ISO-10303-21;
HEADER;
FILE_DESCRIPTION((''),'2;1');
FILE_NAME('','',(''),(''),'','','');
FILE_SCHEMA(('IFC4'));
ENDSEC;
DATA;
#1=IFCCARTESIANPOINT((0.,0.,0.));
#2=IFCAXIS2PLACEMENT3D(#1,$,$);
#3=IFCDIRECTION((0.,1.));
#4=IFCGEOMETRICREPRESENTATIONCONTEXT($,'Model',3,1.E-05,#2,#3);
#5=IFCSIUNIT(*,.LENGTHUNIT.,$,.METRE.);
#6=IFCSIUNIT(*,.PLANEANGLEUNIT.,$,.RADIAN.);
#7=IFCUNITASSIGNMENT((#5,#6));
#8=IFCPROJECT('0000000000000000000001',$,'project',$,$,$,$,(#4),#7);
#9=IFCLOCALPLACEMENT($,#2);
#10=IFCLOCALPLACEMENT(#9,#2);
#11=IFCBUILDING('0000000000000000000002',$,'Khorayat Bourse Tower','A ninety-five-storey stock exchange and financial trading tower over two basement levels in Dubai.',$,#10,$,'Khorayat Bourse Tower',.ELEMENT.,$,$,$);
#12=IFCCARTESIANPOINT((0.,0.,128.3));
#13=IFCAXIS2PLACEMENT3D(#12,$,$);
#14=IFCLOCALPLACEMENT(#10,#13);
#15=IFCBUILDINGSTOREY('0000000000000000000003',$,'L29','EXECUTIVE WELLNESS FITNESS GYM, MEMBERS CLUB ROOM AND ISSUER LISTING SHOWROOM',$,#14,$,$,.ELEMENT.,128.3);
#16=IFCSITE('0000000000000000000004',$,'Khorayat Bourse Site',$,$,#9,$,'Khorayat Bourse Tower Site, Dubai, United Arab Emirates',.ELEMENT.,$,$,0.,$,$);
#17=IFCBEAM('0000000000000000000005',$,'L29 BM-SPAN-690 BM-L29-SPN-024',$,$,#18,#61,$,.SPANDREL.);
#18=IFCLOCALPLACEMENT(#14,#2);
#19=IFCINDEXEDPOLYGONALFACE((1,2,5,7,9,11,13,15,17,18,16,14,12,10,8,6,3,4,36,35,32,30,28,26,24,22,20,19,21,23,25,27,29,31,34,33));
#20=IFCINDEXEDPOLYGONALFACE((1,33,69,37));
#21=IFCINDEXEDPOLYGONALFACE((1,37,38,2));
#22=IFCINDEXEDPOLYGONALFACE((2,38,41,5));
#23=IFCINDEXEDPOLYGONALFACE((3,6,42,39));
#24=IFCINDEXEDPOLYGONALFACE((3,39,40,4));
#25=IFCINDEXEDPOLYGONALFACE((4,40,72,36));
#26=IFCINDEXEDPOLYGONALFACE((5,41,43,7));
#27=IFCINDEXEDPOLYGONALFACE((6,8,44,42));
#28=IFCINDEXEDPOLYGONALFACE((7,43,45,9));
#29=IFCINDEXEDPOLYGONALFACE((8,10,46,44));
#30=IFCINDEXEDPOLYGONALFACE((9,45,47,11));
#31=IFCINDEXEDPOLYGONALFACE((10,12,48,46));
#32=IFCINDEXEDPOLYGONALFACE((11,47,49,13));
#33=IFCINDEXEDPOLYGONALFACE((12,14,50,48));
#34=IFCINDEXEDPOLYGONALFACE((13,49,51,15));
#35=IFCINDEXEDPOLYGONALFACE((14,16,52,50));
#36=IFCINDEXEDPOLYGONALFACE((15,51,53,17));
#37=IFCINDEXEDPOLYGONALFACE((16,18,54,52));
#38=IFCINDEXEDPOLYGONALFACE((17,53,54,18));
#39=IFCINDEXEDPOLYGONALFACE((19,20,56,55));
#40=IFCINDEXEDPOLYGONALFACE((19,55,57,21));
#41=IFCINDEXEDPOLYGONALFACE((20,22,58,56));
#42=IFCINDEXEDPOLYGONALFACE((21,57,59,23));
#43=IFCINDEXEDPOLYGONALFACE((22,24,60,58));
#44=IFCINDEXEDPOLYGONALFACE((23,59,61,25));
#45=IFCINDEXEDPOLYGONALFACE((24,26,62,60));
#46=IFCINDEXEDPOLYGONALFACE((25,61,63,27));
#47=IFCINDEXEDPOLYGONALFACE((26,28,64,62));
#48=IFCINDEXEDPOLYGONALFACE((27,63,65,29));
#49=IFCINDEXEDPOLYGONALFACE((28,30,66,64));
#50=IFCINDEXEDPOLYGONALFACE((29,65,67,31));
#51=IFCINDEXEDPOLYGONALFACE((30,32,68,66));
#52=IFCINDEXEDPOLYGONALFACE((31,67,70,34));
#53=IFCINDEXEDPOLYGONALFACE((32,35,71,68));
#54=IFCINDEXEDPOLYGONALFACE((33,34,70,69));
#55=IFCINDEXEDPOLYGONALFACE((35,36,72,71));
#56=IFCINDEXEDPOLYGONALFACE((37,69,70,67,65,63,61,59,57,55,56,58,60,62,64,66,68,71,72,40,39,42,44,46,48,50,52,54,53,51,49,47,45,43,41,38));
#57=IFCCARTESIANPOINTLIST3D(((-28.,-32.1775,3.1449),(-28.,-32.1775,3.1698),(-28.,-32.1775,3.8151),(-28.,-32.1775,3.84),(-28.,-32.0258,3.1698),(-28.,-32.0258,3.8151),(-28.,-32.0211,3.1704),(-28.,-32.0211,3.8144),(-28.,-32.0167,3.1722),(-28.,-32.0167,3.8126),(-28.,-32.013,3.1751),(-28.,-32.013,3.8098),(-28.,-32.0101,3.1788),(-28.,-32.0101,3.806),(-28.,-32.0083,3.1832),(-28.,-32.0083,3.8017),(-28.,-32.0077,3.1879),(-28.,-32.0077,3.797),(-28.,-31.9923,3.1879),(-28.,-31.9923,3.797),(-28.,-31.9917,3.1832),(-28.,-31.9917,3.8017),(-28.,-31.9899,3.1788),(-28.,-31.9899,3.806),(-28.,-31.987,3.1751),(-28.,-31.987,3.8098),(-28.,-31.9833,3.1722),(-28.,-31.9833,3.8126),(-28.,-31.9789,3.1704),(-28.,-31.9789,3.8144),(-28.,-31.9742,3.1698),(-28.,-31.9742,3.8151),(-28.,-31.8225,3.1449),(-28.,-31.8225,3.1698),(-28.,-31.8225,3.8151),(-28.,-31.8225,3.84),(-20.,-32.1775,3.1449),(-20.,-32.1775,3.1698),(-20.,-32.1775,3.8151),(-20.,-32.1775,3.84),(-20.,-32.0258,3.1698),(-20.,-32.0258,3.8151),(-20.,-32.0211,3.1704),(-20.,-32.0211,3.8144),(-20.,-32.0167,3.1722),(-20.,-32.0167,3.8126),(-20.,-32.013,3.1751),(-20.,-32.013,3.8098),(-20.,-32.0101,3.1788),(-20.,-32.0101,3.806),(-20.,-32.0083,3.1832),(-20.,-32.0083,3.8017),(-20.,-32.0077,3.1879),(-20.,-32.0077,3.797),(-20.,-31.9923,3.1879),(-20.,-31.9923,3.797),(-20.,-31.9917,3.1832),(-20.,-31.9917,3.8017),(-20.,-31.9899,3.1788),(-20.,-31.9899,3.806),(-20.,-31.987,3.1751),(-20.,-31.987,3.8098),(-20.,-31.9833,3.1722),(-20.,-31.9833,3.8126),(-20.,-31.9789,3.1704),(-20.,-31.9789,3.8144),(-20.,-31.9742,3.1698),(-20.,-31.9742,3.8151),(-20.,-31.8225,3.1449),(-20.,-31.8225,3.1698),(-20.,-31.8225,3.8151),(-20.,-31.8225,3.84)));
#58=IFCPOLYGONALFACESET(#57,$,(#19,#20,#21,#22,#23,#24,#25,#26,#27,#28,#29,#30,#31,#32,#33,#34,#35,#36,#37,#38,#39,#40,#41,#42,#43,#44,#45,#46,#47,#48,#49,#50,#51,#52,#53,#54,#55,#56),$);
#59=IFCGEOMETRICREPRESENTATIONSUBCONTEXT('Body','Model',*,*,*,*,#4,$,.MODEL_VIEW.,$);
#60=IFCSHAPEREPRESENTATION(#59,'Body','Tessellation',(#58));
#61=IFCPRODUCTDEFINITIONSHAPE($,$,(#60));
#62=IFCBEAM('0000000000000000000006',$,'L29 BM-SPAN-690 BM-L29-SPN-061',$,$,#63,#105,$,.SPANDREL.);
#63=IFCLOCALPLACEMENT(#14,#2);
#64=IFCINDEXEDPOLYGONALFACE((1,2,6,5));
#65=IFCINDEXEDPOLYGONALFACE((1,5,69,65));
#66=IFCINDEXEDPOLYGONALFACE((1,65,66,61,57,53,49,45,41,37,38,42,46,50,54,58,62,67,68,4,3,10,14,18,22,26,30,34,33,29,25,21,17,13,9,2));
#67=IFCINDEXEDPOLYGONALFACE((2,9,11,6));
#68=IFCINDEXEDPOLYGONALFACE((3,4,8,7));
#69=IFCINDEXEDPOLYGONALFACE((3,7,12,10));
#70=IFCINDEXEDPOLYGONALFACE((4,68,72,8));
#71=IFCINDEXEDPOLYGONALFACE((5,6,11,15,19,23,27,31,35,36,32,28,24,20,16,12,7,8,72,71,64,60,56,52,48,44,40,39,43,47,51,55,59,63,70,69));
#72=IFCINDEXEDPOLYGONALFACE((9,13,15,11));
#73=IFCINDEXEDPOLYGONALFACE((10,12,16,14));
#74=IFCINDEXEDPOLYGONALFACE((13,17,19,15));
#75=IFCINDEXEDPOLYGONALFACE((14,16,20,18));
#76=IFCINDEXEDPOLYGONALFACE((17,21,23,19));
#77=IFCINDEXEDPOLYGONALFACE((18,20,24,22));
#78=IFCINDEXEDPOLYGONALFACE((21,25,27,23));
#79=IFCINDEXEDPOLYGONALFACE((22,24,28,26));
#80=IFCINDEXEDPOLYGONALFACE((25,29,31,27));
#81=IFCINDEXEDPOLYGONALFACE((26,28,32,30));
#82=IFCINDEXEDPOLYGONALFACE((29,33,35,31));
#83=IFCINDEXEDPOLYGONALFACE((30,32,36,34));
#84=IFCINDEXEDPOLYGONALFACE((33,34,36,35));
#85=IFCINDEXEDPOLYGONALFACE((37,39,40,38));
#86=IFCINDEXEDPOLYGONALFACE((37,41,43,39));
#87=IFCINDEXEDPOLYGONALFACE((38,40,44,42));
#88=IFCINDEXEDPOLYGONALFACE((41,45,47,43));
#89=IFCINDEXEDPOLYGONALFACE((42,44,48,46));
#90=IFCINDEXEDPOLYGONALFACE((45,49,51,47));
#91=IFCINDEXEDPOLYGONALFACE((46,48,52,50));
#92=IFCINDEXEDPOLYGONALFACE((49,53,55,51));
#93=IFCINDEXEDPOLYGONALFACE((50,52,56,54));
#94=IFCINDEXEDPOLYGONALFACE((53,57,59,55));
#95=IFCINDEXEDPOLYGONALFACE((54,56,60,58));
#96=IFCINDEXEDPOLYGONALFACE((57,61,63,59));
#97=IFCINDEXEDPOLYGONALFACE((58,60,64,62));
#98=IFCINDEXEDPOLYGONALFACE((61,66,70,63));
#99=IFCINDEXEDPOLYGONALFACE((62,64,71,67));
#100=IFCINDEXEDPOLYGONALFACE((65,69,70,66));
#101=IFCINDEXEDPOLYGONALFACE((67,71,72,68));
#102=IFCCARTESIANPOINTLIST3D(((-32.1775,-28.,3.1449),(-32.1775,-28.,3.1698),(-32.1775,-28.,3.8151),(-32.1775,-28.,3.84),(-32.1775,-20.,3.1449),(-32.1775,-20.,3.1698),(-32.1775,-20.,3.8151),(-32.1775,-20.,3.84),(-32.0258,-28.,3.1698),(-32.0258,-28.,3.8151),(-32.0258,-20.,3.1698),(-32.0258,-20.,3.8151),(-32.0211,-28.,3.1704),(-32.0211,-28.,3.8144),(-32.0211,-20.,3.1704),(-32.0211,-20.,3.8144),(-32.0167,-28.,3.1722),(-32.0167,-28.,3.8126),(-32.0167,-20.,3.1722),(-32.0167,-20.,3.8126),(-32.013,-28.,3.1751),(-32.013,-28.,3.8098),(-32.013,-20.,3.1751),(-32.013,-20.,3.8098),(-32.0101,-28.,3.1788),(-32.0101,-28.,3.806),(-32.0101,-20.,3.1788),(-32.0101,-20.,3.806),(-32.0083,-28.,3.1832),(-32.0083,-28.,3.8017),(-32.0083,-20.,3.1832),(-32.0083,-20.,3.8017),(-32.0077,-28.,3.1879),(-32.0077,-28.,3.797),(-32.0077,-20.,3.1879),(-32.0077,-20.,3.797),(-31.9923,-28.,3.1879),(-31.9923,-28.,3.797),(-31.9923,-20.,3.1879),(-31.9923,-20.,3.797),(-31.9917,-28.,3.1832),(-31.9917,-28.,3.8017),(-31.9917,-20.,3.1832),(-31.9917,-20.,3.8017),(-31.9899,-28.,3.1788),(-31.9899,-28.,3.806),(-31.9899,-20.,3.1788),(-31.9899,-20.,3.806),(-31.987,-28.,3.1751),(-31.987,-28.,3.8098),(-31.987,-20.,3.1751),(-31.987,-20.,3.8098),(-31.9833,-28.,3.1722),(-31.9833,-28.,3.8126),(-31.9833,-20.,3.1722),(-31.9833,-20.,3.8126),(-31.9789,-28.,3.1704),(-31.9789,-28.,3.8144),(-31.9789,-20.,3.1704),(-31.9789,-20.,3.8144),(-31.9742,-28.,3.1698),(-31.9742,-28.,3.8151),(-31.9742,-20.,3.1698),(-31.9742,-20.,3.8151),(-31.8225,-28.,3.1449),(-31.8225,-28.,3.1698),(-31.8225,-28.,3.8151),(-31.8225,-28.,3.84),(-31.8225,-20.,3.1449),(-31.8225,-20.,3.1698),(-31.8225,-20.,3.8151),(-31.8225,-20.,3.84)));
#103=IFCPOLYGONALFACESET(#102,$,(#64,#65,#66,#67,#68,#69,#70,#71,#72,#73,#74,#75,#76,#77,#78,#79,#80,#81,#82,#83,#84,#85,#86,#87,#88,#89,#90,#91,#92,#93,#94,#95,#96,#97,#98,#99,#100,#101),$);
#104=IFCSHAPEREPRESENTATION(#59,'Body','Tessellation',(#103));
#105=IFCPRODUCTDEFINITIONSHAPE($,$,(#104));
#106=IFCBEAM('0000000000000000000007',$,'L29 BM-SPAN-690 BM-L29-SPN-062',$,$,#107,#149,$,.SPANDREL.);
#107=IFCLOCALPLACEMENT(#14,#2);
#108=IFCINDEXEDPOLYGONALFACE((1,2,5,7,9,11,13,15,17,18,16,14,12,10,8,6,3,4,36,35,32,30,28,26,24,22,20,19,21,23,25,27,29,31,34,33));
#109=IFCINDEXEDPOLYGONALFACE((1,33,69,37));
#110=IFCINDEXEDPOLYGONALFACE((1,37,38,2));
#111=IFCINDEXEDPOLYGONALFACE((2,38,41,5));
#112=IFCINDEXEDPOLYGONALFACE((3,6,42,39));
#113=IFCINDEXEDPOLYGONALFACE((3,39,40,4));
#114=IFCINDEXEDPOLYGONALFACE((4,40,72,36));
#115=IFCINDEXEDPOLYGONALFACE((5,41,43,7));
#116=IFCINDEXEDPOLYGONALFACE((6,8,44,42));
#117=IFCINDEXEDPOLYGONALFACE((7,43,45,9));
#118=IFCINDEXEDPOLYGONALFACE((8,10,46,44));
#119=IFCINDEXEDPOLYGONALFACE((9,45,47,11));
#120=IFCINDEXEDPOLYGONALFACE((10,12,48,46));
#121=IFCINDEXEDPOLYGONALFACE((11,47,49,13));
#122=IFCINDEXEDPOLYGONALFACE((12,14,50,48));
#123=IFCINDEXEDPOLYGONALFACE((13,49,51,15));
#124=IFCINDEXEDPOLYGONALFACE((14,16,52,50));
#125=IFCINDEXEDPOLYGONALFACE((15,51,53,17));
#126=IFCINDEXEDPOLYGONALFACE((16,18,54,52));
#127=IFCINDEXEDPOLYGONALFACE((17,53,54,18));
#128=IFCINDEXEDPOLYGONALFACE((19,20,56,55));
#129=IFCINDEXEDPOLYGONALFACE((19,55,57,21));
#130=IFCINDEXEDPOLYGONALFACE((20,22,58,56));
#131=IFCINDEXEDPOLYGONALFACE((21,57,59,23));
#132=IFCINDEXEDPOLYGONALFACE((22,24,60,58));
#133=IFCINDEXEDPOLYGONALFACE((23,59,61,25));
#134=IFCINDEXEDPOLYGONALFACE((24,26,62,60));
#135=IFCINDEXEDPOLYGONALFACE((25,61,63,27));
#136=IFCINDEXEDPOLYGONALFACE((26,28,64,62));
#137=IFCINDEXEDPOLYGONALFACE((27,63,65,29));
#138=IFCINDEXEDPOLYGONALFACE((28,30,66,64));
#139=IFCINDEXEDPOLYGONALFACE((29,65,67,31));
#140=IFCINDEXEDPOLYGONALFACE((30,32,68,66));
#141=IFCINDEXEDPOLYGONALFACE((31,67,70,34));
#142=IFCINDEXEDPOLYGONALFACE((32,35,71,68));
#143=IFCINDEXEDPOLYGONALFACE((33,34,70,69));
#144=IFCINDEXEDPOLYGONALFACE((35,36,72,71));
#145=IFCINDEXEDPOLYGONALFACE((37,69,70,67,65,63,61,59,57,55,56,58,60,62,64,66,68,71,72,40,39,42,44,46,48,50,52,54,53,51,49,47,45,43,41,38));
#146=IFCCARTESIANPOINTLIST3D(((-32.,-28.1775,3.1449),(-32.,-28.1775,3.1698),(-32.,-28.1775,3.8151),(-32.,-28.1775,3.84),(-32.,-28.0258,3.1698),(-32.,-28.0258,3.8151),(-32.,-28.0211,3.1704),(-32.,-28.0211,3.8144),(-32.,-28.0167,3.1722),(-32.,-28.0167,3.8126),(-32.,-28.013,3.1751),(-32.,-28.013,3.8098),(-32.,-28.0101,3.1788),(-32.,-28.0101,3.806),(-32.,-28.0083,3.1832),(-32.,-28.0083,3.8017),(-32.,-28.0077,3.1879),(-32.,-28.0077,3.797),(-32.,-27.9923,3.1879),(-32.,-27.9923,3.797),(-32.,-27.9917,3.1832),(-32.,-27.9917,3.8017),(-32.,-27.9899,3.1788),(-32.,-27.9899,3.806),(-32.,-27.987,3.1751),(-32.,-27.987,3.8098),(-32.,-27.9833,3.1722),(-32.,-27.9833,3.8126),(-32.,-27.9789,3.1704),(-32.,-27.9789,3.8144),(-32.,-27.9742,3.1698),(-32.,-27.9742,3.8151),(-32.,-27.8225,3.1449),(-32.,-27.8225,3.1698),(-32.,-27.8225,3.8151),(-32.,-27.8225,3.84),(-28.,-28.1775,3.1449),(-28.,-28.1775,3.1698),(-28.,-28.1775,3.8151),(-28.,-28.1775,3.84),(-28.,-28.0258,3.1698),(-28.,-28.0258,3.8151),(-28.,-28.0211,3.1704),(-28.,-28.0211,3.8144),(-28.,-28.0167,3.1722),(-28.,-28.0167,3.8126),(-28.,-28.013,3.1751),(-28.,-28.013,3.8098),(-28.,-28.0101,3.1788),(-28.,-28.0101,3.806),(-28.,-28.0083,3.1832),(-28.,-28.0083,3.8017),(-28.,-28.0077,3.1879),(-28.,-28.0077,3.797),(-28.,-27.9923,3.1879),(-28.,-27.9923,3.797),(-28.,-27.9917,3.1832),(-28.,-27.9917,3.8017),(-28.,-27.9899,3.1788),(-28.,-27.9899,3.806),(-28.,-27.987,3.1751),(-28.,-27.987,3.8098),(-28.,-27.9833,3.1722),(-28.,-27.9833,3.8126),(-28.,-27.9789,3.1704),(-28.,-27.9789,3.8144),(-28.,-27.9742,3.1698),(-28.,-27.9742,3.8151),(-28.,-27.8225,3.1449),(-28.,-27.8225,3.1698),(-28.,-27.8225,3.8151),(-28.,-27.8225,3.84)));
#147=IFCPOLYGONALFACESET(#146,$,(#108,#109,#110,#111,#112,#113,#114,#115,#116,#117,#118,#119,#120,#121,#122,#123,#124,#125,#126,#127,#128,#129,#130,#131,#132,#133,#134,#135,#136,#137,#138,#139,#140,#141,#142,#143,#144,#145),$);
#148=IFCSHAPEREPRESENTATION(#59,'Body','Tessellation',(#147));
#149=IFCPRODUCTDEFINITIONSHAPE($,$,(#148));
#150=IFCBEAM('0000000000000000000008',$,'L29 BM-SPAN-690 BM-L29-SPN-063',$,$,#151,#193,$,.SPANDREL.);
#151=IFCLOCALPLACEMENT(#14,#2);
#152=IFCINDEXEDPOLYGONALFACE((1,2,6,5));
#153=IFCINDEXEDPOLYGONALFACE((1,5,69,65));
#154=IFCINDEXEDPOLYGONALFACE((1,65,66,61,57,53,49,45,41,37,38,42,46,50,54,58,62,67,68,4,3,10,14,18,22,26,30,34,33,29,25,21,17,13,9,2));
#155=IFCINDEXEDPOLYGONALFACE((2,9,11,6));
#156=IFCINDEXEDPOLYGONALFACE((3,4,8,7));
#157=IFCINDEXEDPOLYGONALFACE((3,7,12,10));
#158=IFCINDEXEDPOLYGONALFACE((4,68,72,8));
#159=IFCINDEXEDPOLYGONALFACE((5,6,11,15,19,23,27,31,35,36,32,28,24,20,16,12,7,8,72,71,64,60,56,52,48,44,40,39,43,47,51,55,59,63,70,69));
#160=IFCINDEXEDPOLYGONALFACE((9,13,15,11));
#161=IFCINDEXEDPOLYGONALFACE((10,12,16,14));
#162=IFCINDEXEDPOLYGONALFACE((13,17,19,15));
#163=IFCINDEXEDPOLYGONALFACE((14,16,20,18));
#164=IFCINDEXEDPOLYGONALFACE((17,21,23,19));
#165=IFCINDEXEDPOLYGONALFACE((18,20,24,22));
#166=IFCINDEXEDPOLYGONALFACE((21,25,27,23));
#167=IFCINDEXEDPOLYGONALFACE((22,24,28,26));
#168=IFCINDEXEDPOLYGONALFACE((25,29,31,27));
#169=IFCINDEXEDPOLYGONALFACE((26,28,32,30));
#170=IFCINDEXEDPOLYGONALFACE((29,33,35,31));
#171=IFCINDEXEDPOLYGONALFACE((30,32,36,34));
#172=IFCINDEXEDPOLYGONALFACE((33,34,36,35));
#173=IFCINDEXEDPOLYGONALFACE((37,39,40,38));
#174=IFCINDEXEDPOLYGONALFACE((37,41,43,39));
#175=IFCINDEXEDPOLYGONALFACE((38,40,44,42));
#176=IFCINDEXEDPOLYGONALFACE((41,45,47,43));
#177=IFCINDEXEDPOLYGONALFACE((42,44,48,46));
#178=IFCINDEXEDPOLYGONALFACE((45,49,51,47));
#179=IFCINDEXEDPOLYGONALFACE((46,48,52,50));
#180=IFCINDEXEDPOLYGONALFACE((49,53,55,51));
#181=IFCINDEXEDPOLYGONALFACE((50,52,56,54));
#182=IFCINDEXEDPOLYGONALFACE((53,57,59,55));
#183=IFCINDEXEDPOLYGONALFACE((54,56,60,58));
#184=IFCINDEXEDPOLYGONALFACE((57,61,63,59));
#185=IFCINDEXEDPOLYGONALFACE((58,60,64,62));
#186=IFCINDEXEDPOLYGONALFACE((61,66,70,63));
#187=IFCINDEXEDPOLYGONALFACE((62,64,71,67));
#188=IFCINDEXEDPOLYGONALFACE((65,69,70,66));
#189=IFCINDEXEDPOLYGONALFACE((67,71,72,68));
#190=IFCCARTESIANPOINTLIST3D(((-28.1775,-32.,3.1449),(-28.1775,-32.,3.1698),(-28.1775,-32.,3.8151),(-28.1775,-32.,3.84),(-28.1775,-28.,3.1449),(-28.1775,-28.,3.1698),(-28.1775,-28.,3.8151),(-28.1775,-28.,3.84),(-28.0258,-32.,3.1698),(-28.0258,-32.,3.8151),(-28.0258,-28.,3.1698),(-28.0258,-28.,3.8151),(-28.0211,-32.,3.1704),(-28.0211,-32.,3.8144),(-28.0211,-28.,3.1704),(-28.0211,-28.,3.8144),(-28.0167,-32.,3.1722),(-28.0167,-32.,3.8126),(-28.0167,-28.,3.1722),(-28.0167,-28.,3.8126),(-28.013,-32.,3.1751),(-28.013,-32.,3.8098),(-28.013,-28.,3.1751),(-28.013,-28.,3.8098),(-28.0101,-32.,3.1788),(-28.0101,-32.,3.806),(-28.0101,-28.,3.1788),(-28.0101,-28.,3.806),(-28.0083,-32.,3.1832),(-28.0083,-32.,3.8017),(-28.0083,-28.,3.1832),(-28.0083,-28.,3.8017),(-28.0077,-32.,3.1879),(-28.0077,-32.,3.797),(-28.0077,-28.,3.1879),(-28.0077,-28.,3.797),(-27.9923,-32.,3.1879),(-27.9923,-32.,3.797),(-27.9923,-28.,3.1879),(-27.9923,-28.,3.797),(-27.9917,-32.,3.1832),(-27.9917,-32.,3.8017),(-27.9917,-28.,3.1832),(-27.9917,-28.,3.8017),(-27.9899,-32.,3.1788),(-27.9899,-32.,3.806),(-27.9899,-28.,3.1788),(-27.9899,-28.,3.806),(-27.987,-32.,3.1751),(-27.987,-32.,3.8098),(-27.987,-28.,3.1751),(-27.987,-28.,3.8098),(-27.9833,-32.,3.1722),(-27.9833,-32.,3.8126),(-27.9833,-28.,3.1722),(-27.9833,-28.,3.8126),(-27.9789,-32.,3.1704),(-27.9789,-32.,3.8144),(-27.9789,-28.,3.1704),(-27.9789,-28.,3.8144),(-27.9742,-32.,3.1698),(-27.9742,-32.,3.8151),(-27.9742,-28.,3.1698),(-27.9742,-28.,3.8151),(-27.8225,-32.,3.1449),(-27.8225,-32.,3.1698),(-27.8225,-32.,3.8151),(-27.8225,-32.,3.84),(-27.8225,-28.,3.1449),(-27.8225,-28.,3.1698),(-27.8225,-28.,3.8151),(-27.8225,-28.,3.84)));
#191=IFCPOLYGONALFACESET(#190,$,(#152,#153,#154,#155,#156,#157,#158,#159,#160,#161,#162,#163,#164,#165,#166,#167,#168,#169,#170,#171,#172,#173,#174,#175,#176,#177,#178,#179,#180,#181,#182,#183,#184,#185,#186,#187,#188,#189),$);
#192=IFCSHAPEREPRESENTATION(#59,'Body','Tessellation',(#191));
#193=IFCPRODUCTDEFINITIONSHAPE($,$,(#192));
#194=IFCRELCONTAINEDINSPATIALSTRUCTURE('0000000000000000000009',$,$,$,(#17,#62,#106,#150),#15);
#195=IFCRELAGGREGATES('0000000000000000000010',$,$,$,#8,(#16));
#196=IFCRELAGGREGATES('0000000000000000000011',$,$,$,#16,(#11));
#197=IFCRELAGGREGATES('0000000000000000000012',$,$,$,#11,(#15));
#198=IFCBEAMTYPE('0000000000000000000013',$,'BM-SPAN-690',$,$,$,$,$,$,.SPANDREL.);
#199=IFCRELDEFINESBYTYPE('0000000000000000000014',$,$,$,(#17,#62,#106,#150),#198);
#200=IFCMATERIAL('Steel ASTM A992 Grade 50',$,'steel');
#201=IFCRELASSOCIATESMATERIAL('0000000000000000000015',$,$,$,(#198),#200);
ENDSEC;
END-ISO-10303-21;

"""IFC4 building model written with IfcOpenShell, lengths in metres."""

from ifc_helpers import new_model, si_unit, direction, frame, origin, origin_2d, place, context, subcontext, project, spatial, i_section, extrude, source, transform, mapped, material, material_profile, profile_set, type_object, element, save


model = new_model("IFC4")

# Units and contexts
model_context = context("Model", 3, precision=1e-05, world=origin(), true_north=direction((0.0, 1.0)))
body_context = subcontext(model_context, "Body", "Model", "MODEL_VIEW")
ifc_project = project(units=[si_unit("LENGTHUNIT", "METRE"), si_unit("PLANEANGLEUNIT", "RADIAN")], contexts=[model_context])

# Site, building, storey
site_placement = place(None, origin())
site = spatial("IfcSite", under=ifc_project, at=site_placement, Name="Khorayat Bourse Site", LongName="Khorayat Bourse Tower Site, Dubai, United Arab Emirates", CompositionType="ELEMENT", RefElevation=0.0)
building_placement = place(site_placement, origin())
building = spatial("IfcBuilding", under=site, at=building_placement, Name="Khorayat Bourse Tower", Description="A ninety-five-storey stock exchange and financial trading tower over two basement levels in Dubai.", LongName="Khorayat Bourse Tower", CompositionType="ELEMENT")
storey_placement = place(building_placement, frame((0.0, 0.0, 128.3)))
storey = spatial("IfcBuildingStorey", under=building, at=storey_placement, Name="L29", Description="EXECUTIVE WELLNESS FITNESS GYM, MEMBERS CLUB ROOM AND ISSUER LISTING SHOWROOM", CompositionType="ELEMENT", Elevation=128.3)

# Beams
ifc_material_1 = material(Name="Steel ASTM A992 Grade 50", Category="steel")
ifc_material_profile_1 = material_profile(ifc_material_1, i_section(OverallWidth=0.355, OverallDepth=0.6951, WebThickness=0.0154, FlangeThickness=0.0249, FilletRadius=0.0181, at=origin_2d()), Name="W690X217")
ifc_profile_set_1 = profile_set([ifc_material_profile_1], Name="Steel ASTM A992 Grade 50")
beam_type_1 = type_object("IfcBeamType", Name="BM-SPAN-690", PredefinedType="SPANDREL", material=ifc_profile_set_1)
shared_shape_1 = source(origin(), body_context, "Body", "SweptSolid", [
    extrude(i_section(OverallWidth=0.355, OverallDepth=0.6951, WebThickness=0.0154, FlangeThickness=0.0249, FilletRadius=0.0181, at=origin_2d()), origin(), (0.0, 0.0, 1.0), 8.0),
])
for number, where, z_axis, x_axis, name in (
    (1, (-28.0, -32.0, 3.4924), (1.0, 0.0, 0.0), (0.0, 1.0, 0.0), "L29 BM-SPAN-690 BM-L29-SPN-024"),
    (2, (-32.0, -28.0, 3.4924), (0.0, 1.0, 0.0), (-1.0, 0.0, 0.0), "L29 BM-SPAN-690 BM-L29-SPN-061"),
):
    element("IfcBeam", number, at=place(storey_placement, frame(where, z_axis=z_axis, x_axis=x_axis)), inside=storey, type_object=beam_type_1, Name=name, PredefinedType="SPANDREL", context=body_context, shape_type="MappedRepresentation", body=[
        mapped(shared_shape_1, transform((0.0, 0.0, 0.0), scale=1.0)),
    ])
shared_shape_2 = source(origin(), body_context, "Body", "SweptSolid", [
    extrude(i_section(OverallWidth=0.355, OverallDepth=0.6951, WebThickness=0.0154, FlangeThickness=0.0249, FilletRadius=0.0181, at=origin_2d()), origin(), (0.0, 0.0, 1.0), 4.0),
])
for number, where, z_axis, x_axis, name in (
    (3, (-32.0, -28.0, 3.4924), (1.0, 0.0, 0.0), (0.0, 1.0, 0.0), "L29 BM-SPAN-690 BM-L29-SPN-062"),
    (4, (-28.0, -32.0, 3.4924), (0.0, 1.0, 0.0), (-1.0, 0.0, 0.0), "L29 BM-SPAN-690 BM-L29-SPN-063"),
):
    element("IfcBeam", number, at=place(storey_placement, frame(where, z_axis=z_axis, x_axis=x_axis)), inside=storey, type_object=beam_type_1, Name=name, PredefinedType="SPANDREL", context=body_context, shape_type="MappedRepresentation", body=[
        mapped(shared_shape_2, transform((0.0, 0.0, 0.0), scale=1.0)),
    ])

save(model, "model.ifc")
